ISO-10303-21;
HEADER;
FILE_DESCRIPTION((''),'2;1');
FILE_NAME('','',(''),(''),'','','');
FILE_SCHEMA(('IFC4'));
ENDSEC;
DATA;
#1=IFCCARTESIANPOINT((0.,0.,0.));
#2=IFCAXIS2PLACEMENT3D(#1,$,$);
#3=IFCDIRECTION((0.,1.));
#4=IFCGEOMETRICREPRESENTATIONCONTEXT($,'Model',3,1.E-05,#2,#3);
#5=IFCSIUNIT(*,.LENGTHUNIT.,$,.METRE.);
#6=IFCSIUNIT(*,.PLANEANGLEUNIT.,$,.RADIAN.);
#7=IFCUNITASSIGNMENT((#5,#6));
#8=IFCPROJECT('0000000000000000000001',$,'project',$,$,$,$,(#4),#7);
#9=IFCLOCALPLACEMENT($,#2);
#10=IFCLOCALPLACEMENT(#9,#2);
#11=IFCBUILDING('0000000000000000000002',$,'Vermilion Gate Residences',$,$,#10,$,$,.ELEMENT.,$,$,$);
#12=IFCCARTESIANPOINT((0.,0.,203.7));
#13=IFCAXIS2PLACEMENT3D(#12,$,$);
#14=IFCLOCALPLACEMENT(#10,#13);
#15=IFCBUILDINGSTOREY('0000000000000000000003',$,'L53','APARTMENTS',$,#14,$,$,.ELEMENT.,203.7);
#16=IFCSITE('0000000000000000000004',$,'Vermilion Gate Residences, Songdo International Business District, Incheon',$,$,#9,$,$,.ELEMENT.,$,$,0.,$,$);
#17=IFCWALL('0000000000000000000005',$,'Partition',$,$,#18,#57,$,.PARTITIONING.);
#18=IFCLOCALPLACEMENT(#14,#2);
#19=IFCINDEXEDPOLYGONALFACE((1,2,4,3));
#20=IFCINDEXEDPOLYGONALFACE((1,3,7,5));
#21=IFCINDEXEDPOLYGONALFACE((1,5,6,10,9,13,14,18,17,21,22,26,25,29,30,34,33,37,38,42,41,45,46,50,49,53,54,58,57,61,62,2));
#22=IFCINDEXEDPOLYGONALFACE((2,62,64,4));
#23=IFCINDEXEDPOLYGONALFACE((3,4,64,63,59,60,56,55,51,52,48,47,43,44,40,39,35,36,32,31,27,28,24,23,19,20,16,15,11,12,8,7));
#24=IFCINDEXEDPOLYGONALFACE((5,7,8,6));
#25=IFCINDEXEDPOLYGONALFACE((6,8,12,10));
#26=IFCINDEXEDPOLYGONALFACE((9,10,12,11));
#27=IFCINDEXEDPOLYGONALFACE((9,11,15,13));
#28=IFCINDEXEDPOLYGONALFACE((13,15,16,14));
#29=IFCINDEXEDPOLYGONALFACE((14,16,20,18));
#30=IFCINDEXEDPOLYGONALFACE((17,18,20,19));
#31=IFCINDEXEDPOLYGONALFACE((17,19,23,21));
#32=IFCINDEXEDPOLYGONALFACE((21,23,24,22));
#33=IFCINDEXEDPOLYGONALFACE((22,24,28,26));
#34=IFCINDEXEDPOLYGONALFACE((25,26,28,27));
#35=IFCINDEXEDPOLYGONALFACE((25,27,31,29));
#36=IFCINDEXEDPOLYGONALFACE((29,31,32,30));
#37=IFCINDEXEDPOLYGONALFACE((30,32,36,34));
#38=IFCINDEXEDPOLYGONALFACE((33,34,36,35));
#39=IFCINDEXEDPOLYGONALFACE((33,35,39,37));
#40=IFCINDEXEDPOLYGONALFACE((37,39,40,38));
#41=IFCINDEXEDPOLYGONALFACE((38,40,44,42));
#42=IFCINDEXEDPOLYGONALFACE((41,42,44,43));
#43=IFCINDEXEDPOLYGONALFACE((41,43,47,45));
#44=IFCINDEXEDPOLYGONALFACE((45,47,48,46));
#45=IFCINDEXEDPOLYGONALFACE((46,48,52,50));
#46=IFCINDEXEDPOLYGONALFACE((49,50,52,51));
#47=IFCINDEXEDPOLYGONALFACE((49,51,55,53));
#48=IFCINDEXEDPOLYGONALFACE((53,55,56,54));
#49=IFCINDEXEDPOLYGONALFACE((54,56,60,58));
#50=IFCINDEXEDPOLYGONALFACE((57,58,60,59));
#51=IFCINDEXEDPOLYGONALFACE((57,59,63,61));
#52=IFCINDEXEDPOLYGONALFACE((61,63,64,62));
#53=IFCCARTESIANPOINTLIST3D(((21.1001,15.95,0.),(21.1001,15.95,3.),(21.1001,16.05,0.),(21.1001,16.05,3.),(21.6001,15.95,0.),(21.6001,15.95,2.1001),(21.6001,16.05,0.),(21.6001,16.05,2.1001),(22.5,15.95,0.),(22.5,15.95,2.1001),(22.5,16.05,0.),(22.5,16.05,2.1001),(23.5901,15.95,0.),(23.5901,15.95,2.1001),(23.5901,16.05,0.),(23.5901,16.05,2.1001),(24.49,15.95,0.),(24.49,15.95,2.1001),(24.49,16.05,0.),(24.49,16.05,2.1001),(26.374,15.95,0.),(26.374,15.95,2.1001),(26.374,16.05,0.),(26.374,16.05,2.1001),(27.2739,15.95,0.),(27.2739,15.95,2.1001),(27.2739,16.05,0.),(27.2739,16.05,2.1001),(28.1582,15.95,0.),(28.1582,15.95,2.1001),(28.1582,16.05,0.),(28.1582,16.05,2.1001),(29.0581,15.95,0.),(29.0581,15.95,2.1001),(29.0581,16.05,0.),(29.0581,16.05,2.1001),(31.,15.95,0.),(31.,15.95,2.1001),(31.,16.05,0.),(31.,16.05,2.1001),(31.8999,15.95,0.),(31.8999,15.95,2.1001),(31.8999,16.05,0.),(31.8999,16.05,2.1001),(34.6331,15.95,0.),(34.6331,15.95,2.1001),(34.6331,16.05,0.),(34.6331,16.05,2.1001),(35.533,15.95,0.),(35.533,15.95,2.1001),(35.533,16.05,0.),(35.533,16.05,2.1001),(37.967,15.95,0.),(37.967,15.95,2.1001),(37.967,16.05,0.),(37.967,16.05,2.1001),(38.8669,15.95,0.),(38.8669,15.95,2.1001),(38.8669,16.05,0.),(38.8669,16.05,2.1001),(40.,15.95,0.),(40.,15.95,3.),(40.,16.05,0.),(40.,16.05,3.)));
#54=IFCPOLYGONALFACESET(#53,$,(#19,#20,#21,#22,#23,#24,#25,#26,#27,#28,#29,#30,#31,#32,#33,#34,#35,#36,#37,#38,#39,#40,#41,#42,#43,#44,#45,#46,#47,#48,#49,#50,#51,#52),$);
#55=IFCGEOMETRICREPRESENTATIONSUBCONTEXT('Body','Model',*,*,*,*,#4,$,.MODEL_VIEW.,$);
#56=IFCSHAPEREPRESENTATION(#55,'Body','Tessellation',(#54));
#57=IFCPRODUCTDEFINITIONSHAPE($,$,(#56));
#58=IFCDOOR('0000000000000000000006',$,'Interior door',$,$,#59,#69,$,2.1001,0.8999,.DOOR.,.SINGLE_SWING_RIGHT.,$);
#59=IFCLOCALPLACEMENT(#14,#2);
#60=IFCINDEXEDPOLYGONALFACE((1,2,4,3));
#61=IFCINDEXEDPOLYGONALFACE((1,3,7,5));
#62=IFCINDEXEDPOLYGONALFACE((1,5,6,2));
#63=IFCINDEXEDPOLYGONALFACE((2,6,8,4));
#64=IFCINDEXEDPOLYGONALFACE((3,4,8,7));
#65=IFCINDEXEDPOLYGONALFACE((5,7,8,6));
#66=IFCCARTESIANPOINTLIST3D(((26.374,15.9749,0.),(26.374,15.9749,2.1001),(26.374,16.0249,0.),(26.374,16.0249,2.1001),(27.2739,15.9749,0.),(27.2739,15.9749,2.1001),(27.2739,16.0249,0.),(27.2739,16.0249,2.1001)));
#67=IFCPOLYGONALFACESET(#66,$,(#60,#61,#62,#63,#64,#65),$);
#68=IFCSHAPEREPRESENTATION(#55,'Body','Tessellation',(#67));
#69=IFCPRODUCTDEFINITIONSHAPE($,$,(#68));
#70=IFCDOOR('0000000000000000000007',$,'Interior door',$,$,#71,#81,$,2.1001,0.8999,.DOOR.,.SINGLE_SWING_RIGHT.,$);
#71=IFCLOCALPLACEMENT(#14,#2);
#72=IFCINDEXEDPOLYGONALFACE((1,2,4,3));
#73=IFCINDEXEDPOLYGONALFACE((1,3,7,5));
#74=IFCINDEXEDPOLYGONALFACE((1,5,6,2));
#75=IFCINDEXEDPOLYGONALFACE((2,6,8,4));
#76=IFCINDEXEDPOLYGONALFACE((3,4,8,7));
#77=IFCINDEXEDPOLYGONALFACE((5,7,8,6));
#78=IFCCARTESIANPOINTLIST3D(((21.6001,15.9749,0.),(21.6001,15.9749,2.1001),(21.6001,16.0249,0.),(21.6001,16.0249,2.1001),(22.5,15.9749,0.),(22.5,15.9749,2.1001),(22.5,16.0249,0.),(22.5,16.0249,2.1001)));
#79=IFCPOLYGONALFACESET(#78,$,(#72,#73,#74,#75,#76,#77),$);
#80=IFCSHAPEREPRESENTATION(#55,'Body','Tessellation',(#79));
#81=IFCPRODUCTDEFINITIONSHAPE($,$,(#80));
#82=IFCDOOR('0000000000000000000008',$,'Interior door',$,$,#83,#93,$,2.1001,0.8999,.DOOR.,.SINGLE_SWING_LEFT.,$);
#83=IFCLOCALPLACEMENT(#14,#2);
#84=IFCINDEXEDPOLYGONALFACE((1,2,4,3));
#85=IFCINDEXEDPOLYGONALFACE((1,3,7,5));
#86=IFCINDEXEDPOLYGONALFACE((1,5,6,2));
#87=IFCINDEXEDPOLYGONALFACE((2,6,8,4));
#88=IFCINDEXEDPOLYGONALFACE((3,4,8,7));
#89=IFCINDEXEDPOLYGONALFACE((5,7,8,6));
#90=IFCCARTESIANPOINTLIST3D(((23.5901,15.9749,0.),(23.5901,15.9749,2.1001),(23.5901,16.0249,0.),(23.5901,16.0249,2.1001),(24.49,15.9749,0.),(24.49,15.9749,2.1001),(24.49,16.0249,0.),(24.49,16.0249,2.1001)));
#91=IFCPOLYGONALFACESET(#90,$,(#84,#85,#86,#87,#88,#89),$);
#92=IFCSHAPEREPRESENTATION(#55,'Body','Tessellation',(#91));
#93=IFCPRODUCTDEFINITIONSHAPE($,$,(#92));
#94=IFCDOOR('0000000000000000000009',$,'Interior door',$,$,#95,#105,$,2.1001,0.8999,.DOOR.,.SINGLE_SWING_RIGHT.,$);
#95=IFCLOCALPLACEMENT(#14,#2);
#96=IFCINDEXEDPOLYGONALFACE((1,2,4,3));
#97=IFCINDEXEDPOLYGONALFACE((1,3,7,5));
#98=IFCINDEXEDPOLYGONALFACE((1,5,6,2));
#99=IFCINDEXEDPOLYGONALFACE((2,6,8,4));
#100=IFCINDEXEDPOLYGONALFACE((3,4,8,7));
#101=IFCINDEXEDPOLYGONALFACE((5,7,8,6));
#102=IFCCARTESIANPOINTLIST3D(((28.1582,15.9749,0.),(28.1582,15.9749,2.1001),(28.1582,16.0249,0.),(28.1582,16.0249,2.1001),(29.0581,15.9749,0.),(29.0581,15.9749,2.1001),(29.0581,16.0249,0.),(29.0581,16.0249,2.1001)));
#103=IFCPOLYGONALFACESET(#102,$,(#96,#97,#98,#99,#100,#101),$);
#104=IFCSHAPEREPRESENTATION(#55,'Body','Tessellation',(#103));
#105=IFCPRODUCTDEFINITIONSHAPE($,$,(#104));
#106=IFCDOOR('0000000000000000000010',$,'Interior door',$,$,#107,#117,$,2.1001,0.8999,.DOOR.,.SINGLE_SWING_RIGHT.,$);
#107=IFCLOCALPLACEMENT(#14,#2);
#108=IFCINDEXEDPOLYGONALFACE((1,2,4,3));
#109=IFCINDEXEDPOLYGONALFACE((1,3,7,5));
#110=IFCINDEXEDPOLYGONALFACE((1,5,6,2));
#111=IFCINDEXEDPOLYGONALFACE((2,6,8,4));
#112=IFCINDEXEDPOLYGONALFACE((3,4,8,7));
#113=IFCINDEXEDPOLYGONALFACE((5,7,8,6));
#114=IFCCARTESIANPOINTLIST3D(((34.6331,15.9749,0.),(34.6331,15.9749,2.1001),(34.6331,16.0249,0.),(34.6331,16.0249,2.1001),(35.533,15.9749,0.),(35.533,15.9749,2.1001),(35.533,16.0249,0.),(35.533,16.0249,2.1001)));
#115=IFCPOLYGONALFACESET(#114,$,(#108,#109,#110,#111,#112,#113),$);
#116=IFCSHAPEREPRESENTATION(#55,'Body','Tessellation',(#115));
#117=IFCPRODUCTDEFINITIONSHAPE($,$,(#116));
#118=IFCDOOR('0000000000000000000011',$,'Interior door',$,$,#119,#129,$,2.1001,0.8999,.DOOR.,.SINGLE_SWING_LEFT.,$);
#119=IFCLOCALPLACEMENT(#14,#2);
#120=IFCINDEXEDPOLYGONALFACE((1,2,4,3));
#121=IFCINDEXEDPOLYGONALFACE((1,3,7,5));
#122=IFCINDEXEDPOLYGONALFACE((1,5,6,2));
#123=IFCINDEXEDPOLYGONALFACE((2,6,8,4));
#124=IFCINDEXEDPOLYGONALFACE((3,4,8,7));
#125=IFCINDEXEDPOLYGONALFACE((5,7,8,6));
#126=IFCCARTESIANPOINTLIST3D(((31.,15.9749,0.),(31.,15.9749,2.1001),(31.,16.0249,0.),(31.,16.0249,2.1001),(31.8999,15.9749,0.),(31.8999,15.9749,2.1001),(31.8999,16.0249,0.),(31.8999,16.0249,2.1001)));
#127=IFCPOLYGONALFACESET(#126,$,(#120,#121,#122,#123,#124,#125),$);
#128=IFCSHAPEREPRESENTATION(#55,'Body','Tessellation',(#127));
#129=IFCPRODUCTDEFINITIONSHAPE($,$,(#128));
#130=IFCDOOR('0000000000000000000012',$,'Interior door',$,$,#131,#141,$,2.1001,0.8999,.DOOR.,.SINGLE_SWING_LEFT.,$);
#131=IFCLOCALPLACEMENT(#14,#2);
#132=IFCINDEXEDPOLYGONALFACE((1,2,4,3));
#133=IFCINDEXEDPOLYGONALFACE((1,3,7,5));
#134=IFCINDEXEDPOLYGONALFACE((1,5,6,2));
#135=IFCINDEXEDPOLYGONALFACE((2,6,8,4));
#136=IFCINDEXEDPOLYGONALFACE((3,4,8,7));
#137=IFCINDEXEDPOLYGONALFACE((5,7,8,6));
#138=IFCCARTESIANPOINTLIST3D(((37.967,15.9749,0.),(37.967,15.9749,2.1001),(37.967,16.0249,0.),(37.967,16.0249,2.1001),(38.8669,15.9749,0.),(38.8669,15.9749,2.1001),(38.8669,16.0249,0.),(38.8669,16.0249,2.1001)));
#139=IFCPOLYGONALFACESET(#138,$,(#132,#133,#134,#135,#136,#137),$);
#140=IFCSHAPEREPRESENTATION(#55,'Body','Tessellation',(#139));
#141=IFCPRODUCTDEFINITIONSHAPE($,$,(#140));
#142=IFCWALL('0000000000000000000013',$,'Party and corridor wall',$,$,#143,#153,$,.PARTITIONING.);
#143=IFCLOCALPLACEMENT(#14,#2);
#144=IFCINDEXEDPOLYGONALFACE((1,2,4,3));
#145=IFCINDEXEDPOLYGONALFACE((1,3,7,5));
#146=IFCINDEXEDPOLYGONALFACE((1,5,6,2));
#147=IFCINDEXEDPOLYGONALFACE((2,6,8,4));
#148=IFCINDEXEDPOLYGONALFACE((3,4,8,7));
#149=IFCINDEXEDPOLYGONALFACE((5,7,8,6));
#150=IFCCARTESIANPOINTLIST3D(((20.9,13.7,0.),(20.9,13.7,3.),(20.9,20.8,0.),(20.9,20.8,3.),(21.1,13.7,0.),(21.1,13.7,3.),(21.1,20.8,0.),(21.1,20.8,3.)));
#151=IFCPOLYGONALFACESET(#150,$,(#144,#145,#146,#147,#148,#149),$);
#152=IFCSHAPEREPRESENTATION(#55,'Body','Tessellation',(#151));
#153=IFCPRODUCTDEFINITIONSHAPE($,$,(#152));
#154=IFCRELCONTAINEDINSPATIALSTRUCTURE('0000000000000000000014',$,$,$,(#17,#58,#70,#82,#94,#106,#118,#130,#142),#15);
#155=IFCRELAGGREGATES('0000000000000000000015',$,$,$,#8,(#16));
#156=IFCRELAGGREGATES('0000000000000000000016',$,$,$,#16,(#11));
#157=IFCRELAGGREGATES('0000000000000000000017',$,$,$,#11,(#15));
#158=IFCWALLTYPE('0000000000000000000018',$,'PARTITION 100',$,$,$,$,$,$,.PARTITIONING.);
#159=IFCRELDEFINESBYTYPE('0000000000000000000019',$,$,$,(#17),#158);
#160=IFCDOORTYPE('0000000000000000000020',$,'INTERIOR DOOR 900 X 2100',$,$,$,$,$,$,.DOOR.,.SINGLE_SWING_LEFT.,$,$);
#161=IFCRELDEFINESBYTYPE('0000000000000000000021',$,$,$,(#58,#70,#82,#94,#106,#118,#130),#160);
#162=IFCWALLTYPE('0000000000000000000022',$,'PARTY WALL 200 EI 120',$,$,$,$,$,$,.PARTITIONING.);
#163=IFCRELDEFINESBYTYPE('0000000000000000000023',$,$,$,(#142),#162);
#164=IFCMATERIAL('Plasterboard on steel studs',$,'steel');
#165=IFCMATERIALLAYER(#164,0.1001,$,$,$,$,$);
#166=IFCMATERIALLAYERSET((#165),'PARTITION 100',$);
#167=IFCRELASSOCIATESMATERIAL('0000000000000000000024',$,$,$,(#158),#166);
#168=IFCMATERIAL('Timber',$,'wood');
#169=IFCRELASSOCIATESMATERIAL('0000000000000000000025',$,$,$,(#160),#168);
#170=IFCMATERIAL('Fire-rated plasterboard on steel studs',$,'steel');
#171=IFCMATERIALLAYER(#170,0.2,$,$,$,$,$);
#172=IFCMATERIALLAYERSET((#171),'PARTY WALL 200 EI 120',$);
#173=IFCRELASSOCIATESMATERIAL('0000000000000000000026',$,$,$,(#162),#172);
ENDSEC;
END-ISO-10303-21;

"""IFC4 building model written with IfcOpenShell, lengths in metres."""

from ifc_helpers import new_model, si_unit, direction, frame, frame_2d, origin, place, context, subcontext, project, spatial, rectangle, extrude, material, layer, layer_set, type_object, element, fill, save


model = new_model("IFC4")

# Units and contexts
model_context = context("Model", 3, precision=1e-05, world=origin(), true_north=direction((0.0, 1.0)))
body_context = subcontext(model_context, "Body", "Model", "MODEL_VIEW")
ifc_project = project(units=[si_unit("LENGTHUNIT", "METRE"), si_unit("PLANEANGLEUNIT", "RADIAN")], contexts=[model_context])

# Site, building, storey
site_placement = place(None, origin())
site = spatial("IfcSite", under=ifc_project, at=site_placement, Name="Vermilion Gate Residences, Songdo International Business District, Incheon", CompositionType="ELEMENT", RefElevation=0.0)
building_placement = place(site_placement, origin())
building = spatial("IfcBuilding", under=site, at=building_placement, Name="Vermilion Gate Residences", CompositionType="ELEMENT")
storey_placement = place(building_placement, frame((0.0, 0.0, 203.7)))
storey = spatial("IfcBuildingStorey", under=building, at=storey_placement, Name="L53", Description="APARTMENTS", CompositionType="ELEMENT", Elevation=203.7)

# Wall, openings, doors
ifc_material_1 = material(Name="Plasterboard on steel studs", Category="steel")
ifc_layer_1 = layer(ifc_material_1, 0.1001)
ifc_layer_set_1 = layer_set([ifc_layer_1], Name="PARTITION 100")
wall_type_1 = type_object("IfcWallType", Name="PARTITION 100", PredefinedType="PARTITIONING", material=ifc_layer_set_1)
ifc_material_2 = material(Name="Timber", Category="wood")
door_type_1 = type_object("IfcDoorType", Name="INTERIOR DOOR 900 X 2100", OperationType="SINGLE_SWING_LEFT", PredefinedType="DOOR", material=ifc_material_2)
wall_1_placement = place(storey_placement, frame((21.1001, 16.0, 0.0), z_axis=(0.0, 0.0, 1.0), x_axis=(1.0, 0.0, 0.0)))
wall_1 = element("IfcWall", 1, at=wall_1_placement, inside=storey, type_object=wall_type_1, Name="Partition", PredefinedType="PARTITIONING", context=body_context, shape_type="SweptSolid", body=[
    extrude(rectangle(XDim=18.8999, YDim=0.1001, at=frame_2d((9.45, 0.0))), origin(), (0.0, 0.0, 1.0), 3.0),
])
opening_1_placement = place(wall_1_placement, frame((5.2739, 0.0, 0.0)))
opening_1 = element("IfcOpeningElement", 2, at=opening_1_placement, cuts=wall_1, PredefinedType="OPENING", context=body_context, shape_type="SweptSolid", body=[
    extrude(rectangle(XDim=0.8999, YDim=2.1001, at=frame_2d((0.45, 1.05))), frame((0.0, 0.0601, 0.0), z_axis=(0.0, -1.0, 0.0), x_axis=(1.0, 0.0, 0.0)), (0.0, 0.0, 1.0), 0.1201),
])
opening_2_placement = place(wall_1_placement, frame((0.5, 0.0, 0.0)))
opening_2 = element("IfcOpeningElement", 3, at=opening_2_placement, cuts=wall_1, PredefinedType="OPENING", context=body_context, shape_type="SweptSolid", body=[
    extrude(rectangle(XDim=0.8999, YDim=2.1001, at=frame_2d((0.45, 1.05))), frame((0.0, 0.0601, 0.0), z_axis=(0.0, -1.0, 0.0), x_axis=(1.0, 0.0, 0.0)), (0.0, 0.0, 1.0), 0.1201),
])
opening_3_placement = place(wall_1_placement, frame((2.49, 0.0, 0.0)))
opening_3 = element("IfcOpeningElement", 4, at=opening_3_placement, cuts=wall_1, PredefinedType="OPENING", context=body_context, shape_type="SweptSolid", body=[
    extrude(rectangle(XDim=0.8999, YDim=2.1001, at=frame_2d((0.45, 1.05))), frame((0.0, 0.0601, 0.0), z_axis=(0.0, -1.0, 0.0), x_axis=(1.0, 0.0, 0.0)), (0.0, 0.0, 1.0), 0.1201),
])
opening_4_placement = place(wall_1_placement, frame((7.0581, 0.0, 0.0)))
opening_4 = element("IfcOpeningElement", 5, at=opening_4_placement, cuts=wall_1, PredefinedType="OPENING", context=body_context, shape_type="SweptSolid", body=[
    extrude(rectangle(XDim=0.8999, YDim=2.1001, at=frame_2d((0.45, 1.05))), frame((0.0, 0.0601, 0.0), z_axis=(0.0, -1.0, 0.0), x_axis=(1.0, 0.0, 0.0)), (0.0, 0.0, 1.0), 0.1201),
])
opening_5_placement = place(wall_1_placement, frame((13.533, 0.0, 0.0)))
opening_5 = element("IfcOpeningElement", 6, at=opening_5_placement, cuts=wall_1, PredefinedType="OPENING", context=body_context, shape_type="SweptSolid", body=[
    extrude(rectangle(XDim=0.8999, YDim=2.1001, at=frame_2d((0.45, 1.05))), frame((0.0, 0.0601, 0.0), z_axis=(0.0, -1.0, 0.0), x_axis=(1.0, 0.0, 0.0)), (0.0, 0.0, 1.0), 0.1201),
])
opening_6_placement = place(wall_1_placement, frame((9.8999, 0.0, 0.0)))
opening_6 = element("IfcOpeningElement", 7, at=opening_6_placement, cuts=wall_1, PredefinedType="OPENING", context=body_context, shape_type="SweptSolid", body=[
    extrude(rectangle(XDim=0.8999, YDim=2.1001, at=frame_2d((0.45, 1.05))), frame((0.0, 0.0601, 0.0), z_axis=(0.0, -1.0, 0.0), x_axis=(1.0, 0.0, 0.0)), (0.0, 0.0, 1.0), 0.1201),
])
opening_7_placement = place(wall_1_placement, frame((16.8669, 0.0, 0.0)))
opening_7 = element("IfcOpeningElement", 8, at=opening_7_placement, cuts=wall_1, PredefinedType="OPENING", context=body_context, shape_type="SweptSolid", body=[
    extrude(rectangle(XDim=0.8999, YDim=2.1001, at=frame_2d((0.45, 1.05))), frame((0.0, 0.0601, 0.0), z_axis=(0.0, -1.0, 0.0), x_axis=(1.0, 0.0, 0.0)), (0.0, 0.0, 1.0), 0.1201),
])
door_1_placement = place(opening_1_placement, origin())
door_1 = element("IfcDoor", 9, at=door_1_placement, inside=storey, type_object=door_type_1, Name="Interior door", OperationType="SINGLE_SWING_RIGHT", OverallHeight=2.1001, OverallWidth=0.8999, PredefinedType="DOOR", context=body_context, shape_type="SweptSolid", body=[
    extrude(rectangle(XDim=0.8999, YDim=2.1001, at=frame_2d((0.45, 1.05))), frame((0.0, 0.0249, 0.0), z_axis=(0.0, -1.0, 0.0), x_axis=(1.0, 0.0, 0.0)), (0.0, 0.0, 1.0), 0.05),
])
fill(opening_1, door_1)
door_2_placement = place(opening_2_placement, origin())
door_2 = element("IfcDoor", 10, at=door_2_placement, inside=storey, type_object=door_type_1, Name="Interior door", OperationType="SINGLE_SWING_RIGHT", OverallHeight=2.1001, OverallWidth=0.8999, PredefinedType="DOOR", context=body_context, shape_type="SweptSolid", body=[
    extrude(rectangle(XDim=0.8999, YDim=2.1001, at=frame_2d((0.45, 1.05))), frame((0.0, 0.0249, 0.0), z_axis=(0.0, -1.0, 0.0), x_axis=(1.0, 0.0, 0.0)), (0.0, 0.0, 1.0), 0.05),
])
fill(opening_2, door_2)
door_3_placement = place(opening_3_placement, origin())
door_3 = element("IfcDoor", 11, at=door_3_placement, inside=storey, type_object=door_type_1, Name="Interior door", OperationType="SINGLE_SWING_LEFT", OverallHeight=2.1001, OverallWidth=0.8999, PredefinedType="DOOR", context=body_context, shape_type="SweptSolid", body=[
    extrude(rectangle(XDim=0.8999, YDim=2.1001, at=frame_2d((0.45, 1.05))), frame((0.0, 0.0249, 0.0), z_axis=(0.0, -1.0, 0.0), x_axis=(1.0, 0.0, 0.0)), (0.0, 0.0, 1.0), 0.05),
])
fill(opening_3, door_3)
door_4_placement = place(opening_4_placement, origin())
door_4 = element("IfcDoor", 12, at=door_4_placement, inside=storey, type_object=door_type_1, Name="Interior door", OperationType="SINGLE_SWING_RIGHT", OverallHeight=2.1001, OverallWidth=0.8999, PredefinedType="DOOR", context=body_context, shape_type="SweptSolid", body=[
    extrude(rectangle(XDim=0.8999, YDim=2.1001, at=frame_2d((0.45, 1.05))), frame((0.0, 0.0249, 0.0), z_axis=(0.0, -1.0, 0.0), x_axis=(1.0, 0.0, 0.0)), (0.0, 0.0, 1.0), 0.05),
])
fill(opening_4, door_4)
door_5_placement = place(opening_5_placement, origin())
door_5 = element("IfcDoor", 13, at=door_5_placement, inside=storey, type_object=door_type_1, Name="Interior door", OperationType="SINGLE_SWING_RIGHT", OverallHeight=2.1001, OverallWidth=0.8999, PredefinedType="DOOR", context=body_context, shape_type="SweptSolid", body=[
    extrude(rectangle(XDim=0.8999, YDim=2.1001, at=frame_2d((0.45, 1.05))), frame((0.0, 0.0249, 0.0), z_axis=(0.0, -1.0, 0.0), x_axis=(1.0, 0.0, 0.0)), (0.0, 0.0, 1.0), 0.05),
])
fill(opening_5, door_5)
door_6_placement = place(opening_6_placement, origin())
door_6 = element("IfcDoor", 14, at=door_6_placement, inside=storey, type_object=door_type_1, Name="Interior door", OperationType="SINGLE_SWING_LEFT", OverallHeight=2.1001, OverallWidth=0.8999, PredefinedType="DOOR", context=body_context, shape_type="SweptSolid", body=[
    extrude(rectangle(XDim=0.8999, YDim=2.1001, at=frame_2d((0.45, 1.05))), frame((0.0, 0.0249, 0.0), z_axis=(0.0, -1.0, 0.0), x_axis=(1.0, 0.0, 0.0)), (0.0, 0.0, 1.0), 0.05),
])
fill(opening_6, door_6)
door_7_placement = place(opening_7_placement, origin())
door_7 = element("IfcDoor", 15, at=door_7_placement, inside=storey, type_object=door_type_1, Name="Interior door", OperationType="SINGLE_SWING_LEFT", OverallHeight=2.1001, OverallWidth=0.8999, PredefinedType="DOOR", context=body_context, shape_type="SweptSolid", body=[
    extrude(rectangle(XDim=0.8999, YDim=2.1001, at=frame_2d((0.45, 1.05))), frame((0.0, 0.0249, 0.0), z_axis=(0.0, -1.0, 0.0), x_axis=(1.0, 0.0, 0.0)), (0.0, 0.0, 1.0), 0.05),
])
fill(opening_7, door_7)

# Wall
ifc_material_3 = material(Name="Fire-rated plasterboard on steel studs", Category="steel")
ifc_layer_2 = layer(ifc_material_3, 0.2)
ifc_layer_set_2 = layer_set([ifc_layer_2], Name="PARTY WALL 200 EI 120")
wall_type_2 = type_object("IfcWallType", Name="PARTY WALL 200 EI 120", PredefinedType="PARTITIONING", material=ifc_layer_set_2)
wall_2_placement = place(storey_placement, frame((21.0, 13.7, 0.0), z_axis=(0.0, 0.0, 1.0), x_axis=(0.0, 1.0, 0.0)))
element("IfcWall", 16, at=wall_2_placement, inside=storey, type_object=wall_type_2, Name="Party and corridor wall", PredefinedType="PARTITIONING", context=body_context, shape_type="SweptSolid", body=[
    extrude(rectangle(XDim=7.1001, YDim=0.2, at=frame_2d((3.55, 0.0))), origin(), (0.0, 0.0, 1.0), 3.0),
])

save(model, "model.ifc")
